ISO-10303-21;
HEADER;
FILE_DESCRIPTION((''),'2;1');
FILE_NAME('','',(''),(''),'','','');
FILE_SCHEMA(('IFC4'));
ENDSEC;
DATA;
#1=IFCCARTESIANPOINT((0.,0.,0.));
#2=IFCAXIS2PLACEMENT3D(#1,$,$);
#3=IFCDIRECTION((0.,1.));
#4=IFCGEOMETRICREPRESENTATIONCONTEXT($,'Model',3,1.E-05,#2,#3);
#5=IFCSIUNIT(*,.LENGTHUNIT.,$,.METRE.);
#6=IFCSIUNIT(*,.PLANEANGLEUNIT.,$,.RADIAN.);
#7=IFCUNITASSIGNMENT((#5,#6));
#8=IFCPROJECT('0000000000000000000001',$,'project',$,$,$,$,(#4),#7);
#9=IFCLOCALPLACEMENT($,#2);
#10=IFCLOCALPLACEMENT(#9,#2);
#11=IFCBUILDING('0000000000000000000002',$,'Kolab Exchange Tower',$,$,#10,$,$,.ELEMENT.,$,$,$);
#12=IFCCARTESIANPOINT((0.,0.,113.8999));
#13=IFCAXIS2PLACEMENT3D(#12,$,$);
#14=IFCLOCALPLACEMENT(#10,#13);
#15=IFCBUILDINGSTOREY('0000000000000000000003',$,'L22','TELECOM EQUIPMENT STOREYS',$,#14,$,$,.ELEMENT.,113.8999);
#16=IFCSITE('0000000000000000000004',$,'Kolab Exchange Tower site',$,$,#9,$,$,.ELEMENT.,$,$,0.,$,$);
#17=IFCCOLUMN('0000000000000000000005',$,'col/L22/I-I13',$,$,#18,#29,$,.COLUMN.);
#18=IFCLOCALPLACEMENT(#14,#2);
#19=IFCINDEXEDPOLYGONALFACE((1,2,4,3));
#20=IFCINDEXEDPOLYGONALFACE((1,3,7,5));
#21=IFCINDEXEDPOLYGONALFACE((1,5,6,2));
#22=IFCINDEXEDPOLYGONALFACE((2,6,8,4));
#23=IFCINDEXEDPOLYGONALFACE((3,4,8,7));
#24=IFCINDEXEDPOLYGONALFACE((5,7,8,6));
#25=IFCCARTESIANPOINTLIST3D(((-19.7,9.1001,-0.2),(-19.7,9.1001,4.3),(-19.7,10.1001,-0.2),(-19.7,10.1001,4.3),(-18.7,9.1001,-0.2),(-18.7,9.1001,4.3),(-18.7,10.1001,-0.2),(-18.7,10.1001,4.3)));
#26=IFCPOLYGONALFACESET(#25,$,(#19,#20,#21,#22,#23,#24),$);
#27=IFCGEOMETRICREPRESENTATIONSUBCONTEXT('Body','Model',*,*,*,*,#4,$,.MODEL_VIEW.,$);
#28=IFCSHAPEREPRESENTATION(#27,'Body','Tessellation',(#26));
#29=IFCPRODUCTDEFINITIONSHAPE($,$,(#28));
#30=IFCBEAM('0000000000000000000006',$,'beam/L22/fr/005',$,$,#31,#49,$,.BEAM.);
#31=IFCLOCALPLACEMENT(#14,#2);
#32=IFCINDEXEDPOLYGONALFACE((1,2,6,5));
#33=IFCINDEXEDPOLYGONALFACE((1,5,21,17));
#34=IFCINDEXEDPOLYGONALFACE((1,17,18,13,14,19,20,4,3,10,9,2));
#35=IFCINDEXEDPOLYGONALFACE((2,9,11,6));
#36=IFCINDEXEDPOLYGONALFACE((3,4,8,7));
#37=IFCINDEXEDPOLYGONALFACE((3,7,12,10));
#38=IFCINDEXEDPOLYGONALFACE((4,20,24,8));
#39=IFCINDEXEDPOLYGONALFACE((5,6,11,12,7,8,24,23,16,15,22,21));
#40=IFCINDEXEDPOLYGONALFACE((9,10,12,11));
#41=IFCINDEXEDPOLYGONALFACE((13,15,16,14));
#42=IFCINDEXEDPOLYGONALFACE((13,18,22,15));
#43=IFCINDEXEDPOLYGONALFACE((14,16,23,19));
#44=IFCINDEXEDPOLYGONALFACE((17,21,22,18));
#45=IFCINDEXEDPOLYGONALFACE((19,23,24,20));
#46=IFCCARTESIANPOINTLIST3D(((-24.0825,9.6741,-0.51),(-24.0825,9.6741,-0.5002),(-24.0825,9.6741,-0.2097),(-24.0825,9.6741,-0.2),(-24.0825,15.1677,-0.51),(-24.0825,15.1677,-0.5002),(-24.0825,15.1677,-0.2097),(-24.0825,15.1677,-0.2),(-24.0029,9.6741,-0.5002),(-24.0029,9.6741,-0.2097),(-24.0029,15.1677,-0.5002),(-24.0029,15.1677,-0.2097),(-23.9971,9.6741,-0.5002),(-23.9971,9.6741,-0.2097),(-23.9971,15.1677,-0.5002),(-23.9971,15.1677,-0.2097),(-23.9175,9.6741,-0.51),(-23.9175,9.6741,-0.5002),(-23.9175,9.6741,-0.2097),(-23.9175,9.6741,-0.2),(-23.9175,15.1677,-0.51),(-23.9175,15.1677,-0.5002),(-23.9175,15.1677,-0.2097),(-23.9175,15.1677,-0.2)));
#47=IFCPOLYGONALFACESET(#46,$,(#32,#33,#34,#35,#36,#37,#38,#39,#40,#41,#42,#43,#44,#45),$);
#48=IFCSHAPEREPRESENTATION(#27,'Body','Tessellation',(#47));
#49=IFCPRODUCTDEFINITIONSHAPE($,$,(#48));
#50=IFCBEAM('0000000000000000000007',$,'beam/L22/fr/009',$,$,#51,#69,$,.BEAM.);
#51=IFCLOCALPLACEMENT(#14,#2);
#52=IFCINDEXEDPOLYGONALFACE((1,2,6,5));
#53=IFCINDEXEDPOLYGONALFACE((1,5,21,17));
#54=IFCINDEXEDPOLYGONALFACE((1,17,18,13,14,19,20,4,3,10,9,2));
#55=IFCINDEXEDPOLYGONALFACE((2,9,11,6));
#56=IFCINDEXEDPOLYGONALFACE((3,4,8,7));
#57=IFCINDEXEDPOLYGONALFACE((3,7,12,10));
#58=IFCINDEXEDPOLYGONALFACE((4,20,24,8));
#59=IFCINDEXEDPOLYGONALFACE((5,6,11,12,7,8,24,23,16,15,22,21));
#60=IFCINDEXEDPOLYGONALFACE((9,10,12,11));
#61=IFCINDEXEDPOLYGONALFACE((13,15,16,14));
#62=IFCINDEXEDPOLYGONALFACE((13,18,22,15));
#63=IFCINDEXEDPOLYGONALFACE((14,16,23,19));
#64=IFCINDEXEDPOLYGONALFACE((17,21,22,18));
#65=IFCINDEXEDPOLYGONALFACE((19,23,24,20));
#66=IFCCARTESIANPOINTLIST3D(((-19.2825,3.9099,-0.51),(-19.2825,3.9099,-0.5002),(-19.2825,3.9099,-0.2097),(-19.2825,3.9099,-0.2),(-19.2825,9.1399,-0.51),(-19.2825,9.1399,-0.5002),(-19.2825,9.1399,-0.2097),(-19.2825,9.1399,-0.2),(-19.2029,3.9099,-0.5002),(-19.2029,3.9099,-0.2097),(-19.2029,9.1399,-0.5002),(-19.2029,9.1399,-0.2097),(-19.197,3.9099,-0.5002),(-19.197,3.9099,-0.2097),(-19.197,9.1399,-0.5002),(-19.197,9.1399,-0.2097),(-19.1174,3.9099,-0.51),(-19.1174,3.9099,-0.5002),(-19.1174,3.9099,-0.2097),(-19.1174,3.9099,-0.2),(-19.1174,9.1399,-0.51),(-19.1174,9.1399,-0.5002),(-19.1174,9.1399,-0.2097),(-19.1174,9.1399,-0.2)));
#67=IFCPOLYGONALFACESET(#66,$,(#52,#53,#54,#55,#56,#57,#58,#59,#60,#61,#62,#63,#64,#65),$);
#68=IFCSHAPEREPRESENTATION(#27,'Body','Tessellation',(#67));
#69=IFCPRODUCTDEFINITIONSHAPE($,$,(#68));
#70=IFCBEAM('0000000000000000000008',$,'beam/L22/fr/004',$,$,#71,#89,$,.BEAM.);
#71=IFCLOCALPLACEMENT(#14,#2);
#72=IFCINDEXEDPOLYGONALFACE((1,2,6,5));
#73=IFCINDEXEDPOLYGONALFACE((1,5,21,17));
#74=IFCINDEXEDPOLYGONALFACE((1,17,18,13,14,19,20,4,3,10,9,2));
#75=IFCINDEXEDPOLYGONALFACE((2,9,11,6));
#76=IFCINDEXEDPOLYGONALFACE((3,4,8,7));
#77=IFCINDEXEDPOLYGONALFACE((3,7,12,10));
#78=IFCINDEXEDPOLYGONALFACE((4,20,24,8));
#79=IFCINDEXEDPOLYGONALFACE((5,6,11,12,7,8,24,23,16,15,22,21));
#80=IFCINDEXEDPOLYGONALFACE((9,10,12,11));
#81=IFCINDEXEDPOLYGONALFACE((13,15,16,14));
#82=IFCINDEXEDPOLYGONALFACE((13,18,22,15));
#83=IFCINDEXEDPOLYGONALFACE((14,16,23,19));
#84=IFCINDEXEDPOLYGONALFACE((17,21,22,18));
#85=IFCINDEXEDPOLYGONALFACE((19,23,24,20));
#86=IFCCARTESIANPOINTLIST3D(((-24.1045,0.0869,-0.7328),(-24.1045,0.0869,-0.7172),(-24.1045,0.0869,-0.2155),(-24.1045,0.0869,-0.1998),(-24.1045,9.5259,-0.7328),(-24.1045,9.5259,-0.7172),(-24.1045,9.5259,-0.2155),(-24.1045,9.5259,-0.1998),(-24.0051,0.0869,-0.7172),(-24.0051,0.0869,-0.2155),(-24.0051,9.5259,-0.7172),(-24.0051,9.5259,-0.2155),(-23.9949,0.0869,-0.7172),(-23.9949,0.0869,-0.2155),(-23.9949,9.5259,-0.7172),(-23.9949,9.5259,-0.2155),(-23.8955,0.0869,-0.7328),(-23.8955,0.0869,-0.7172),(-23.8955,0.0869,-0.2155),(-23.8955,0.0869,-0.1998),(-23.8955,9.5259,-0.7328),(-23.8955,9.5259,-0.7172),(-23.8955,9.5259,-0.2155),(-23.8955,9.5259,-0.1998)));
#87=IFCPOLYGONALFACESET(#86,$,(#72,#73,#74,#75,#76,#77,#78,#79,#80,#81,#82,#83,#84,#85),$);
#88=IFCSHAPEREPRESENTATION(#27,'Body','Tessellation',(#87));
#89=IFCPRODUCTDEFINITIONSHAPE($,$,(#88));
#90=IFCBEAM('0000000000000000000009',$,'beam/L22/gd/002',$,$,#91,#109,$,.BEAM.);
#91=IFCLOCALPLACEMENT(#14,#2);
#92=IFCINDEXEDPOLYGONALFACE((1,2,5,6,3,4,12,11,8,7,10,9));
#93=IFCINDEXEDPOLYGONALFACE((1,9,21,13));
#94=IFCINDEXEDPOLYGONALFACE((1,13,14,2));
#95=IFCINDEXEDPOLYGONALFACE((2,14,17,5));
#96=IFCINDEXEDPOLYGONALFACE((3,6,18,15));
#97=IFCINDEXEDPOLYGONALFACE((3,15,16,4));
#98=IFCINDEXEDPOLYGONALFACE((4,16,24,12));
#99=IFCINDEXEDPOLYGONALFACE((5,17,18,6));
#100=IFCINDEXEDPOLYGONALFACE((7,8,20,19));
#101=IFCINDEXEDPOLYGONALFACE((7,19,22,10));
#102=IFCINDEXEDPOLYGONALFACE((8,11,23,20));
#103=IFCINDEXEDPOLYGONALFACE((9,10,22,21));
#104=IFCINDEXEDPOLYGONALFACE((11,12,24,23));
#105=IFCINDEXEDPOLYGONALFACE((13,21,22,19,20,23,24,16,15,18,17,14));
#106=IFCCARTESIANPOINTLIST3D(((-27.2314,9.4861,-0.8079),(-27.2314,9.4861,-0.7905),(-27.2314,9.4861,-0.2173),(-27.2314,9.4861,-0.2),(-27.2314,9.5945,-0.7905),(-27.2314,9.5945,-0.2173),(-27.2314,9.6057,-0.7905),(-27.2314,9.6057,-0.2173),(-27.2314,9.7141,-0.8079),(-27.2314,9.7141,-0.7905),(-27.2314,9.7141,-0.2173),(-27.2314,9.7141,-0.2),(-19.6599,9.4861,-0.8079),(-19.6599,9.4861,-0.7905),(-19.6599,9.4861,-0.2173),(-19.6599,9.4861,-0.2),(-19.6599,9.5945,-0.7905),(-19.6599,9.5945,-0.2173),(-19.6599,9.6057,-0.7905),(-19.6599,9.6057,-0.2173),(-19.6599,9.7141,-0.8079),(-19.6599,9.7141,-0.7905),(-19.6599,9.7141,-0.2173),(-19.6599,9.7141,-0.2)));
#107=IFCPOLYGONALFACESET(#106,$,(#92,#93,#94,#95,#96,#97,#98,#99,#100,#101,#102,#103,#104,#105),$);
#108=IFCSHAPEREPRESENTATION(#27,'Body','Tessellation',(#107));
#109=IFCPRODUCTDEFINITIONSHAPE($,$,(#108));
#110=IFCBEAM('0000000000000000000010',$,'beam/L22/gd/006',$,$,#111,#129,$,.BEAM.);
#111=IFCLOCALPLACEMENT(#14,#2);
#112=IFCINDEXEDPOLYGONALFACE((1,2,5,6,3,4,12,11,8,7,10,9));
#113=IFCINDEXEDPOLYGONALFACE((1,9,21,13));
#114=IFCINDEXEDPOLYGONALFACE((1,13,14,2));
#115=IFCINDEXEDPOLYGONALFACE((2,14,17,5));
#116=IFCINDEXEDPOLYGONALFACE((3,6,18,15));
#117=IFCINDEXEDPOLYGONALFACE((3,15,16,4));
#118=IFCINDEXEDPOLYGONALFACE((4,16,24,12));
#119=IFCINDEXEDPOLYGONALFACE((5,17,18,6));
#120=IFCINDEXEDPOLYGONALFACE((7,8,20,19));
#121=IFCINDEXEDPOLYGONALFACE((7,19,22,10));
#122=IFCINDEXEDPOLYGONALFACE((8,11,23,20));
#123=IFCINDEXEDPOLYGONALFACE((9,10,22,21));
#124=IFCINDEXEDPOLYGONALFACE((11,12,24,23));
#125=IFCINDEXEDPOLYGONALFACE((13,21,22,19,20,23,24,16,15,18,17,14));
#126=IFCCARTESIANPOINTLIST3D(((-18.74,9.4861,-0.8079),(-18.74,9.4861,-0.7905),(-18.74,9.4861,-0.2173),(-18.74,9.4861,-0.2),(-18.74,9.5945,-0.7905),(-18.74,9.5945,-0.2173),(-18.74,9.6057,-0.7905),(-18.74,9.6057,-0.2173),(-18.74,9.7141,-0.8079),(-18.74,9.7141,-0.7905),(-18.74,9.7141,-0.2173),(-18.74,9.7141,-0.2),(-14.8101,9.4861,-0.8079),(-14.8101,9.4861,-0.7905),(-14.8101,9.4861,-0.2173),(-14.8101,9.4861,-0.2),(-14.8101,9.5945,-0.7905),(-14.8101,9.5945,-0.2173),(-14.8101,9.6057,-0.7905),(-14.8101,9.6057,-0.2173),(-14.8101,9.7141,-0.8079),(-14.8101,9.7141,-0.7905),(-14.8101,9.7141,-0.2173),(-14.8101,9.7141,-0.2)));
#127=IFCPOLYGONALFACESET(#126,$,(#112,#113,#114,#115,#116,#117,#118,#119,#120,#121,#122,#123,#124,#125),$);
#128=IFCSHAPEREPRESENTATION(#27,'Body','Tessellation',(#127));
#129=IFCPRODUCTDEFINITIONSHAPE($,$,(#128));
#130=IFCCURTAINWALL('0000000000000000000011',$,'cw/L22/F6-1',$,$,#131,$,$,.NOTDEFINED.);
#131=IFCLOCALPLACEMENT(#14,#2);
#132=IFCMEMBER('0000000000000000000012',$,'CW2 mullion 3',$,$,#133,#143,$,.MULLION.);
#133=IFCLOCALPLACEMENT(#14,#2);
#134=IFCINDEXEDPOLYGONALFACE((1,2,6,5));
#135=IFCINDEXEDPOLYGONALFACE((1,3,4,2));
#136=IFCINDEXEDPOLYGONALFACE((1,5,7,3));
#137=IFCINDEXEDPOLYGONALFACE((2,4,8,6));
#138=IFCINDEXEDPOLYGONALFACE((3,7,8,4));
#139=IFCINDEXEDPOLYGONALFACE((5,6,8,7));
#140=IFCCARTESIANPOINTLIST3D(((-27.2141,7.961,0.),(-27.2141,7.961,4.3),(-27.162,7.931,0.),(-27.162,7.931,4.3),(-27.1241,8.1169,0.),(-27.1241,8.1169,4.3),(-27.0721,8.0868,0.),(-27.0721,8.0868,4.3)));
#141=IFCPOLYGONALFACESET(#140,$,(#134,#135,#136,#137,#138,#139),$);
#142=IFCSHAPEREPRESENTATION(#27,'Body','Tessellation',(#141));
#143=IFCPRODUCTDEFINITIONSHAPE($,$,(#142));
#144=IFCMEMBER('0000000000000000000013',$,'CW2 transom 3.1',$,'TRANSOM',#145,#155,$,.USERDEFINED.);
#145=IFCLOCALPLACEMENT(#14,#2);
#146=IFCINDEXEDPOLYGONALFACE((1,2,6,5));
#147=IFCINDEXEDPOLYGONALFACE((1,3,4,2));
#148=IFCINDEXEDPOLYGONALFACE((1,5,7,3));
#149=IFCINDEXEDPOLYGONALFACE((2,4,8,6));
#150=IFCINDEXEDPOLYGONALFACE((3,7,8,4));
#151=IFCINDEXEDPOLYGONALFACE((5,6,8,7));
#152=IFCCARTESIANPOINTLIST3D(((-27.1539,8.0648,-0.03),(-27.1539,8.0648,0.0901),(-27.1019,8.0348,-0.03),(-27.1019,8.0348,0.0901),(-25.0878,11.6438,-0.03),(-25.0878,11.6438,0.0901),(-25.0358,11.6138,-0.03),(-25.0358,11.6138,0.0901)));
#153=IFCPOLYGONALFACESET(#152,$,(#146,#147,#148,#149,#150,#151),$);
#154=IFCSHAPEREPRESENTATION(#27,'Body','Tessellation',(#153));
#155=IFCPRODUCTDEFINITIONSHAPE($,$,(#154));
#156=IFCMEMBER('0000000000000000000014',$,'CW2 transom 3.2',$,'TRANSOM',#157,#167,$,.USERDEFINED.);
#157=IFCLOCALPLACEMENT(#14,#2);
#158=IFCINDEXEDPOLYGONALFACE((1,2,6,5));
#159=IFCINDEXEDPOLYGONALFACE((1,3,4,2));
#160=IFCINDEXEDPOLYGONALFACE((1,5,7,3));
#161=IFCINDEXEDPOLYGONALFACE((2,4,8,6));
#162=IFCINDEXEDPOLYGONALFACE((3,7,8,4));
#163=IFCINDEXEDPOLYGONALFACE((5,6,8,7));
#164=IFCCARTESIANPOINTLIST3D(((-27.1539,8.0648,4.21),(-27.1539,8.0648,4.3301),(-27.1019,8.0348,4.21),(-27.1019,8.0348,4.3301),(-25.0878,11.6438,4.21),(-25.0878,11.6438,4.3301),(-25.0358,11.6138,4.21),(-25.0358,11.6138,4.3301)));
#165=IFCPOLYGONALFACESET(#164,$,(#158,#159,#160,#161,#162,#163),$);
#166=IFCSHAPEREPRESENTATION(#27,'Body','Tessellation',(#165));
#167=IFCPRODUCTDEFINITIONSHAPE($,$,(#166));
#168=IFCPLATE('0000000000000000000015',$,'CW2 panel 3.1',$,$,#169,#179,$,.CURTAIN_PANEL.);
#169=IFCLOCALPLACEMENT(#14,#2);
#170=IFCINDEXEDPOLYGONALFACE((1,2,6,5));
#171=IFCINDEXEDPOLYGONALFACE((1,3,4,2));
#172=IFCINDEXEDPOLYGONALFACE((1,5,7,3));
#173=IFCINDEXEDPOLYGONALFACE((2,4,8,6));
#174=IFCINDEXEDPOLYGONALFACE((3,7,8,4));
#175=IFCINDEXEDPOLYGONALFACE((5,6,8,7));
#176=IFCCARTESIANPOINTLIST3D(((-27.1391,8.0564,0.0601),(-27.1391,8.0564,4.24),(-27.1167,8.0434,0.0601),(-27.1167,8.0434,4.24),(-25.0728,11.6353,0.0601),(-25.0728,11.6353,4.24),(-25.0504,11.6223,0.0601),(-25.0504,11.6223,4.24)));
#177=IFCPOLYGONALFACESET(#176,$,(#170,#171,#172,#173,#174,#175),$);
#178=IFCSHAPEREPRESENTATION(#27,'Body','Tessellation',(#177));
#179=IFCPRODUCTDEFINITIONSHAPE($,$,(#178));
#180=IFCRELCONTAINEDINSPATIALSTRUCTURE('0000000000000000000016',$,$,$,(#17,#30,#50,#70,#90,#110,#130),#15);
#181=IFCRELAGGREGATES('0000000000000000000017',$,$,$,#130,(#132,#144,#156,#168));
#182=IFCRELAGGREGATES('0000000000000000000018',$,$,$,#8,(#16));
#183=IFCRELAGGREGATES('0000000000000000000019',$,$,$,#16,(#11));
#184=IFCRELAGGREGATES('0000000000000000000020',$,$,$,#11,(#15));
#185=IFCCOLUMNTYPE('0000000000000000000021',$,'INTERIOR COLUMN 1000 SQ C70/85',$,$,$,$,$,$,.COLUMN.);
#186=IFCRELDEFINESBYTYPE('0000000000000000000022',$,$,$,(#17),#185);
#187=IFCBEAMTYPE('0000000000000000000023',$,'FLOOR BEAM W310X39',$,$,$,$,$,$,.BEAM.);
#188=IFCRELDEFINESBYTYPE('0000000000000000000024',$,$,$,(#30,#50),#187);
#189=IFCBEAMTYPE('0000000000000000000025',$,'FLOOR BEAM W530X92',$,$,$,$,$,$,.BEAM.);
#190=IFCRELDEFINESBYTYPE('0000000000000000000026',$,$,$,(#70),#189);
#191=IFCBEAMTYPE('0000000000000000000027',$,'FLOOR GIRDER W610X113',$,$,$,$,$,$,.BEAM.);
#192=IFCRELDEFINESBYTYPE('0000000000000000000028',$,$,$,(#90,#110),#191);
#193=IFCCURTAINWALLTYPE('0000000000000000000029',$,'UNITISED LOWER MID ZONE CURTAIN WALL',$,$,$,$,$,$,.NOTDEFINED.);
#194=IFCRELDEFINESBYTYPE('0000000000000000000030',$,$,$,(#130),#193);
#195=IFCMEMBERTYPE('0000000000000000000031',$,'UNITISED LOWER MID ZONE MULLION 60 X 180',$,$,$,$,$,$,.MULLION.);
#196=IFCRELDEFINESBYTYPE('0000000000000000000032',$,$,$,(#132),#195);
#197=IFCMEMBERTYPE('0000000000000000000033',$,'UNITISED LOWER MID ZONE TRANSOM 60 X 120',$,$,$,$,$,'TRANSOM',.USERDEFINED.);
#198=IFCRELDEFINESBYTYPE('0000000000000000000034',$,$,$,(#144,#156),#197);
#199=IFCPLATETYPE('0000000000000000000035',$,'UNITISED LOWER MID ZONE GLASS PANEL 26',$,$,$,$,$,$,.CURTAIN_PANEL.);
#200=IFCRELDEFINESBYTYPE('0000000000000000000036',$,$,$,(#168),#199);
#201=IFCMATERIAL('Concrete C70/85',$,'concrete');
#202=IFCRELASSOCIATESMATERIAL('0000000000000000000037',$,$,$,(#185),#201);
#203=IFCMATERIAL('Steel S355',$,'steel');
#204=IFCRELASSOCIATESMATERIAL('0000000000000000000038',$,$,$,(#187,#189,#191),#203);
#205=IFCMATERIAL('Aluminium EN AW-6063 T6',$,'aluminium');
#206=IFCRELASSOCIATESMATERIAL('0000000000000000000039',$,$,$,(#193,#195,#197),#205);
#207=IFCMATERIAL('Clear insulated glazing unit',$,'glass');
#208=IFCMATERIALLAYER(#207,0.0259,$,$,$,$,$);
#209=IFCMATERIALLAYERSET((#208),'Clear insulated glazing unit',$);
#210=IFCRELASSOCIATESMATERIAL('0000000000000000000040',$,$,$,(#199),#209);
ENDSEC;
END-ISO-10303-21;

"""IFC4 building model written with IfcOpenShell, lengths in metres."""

from ifc_helpers import new_model, si_unit, direction, frame, origin, origin_2d, place, context, subcontext, project, spatial, rectangle, i_section, extrude, material, layer, layer_set, material_profile, profile_set, type_object, element, aggregate, save


model = new_model("IFC4")

# Units and contexts
model_context = context("Model", 3, precision=1e-05, world=origin(), true_north=direction((0.0, 1.0)))
body_context = subcontext(model_context, "Body", "Model", "MODEL_VIEW")
ifc_project = project(units=[si_unit("LENGTHUNIT", "METRE"), si_unit("PLANEANGLEUNIT", "RADIAN")], contexts=[model_context])

# Site, building, storey
site_placement = place(None, origin())
site = spatial("IfcSite", under=ifc_project, at=site_placement, Name="Kolab Exchange Tower site", CompositionType="ELEMENT", RefElevation=0.0)
building_placement = place(site_placement, origin())
building = spatial("IfcBuilding", under=site, at=building_placement, Name="Kolab Exchange Tower", CompositionType="ELEMENT")
storey_placement = place(building_placement, frame((0.0, 0.0, 113.8999)))
storey = spatial("IfcBuildingStorey", under=building, at=storey_placement, Name="L22", Description="TELECOM EQUIPMENT STOREYS", CompositionType="ELEMENT", Elevation=113.8999)

# Column
ifc_material_1 = material(Name="Concrete C70/85", Category="concrete")
ifc_material_profile_1 = material_profile(ifc_material_1, rectangle(XDim=1.0, YDim=1.0, at=origin_2d()), Name="RC1000")
ifc_profile_set_1 = profile_set([ifc_material_profile_1], Name="Concrete C70/85")
column_type = type_object("IfcColumnType", Name="INTERIOR COLUMN 1000 SQ C70/85", PredefinedType="COLUMN", material=ifc_profile_set_1)
column_placement = place(storey_placement, frame((-19.2, 9.6001, -0.2), z_axis=(0.0, 0.0, 1.0), x_axis=(1.0, 0.0, 0.0)))
element("IfcColumn", 1, at=column_placement, inside=storey, type_object=column_type, Name="col/L22/I-I13", PredefinedType="COLUMN", context=body_context, shape_type="SweptSolid", body=[
    extrude(rectangle(XDim=1.0, YDim=1.0, at=origin_2d()), origin(), (0.0, 0.0, 1.0), 4.5),
])

# Beams
ifc_material_2 = material(Name="Steel S355", Category="steel")
ifc_material_profile_2 = material_profile(ifc_material_2, i_section(OverallWidth=0.165, OverallDepth=0.3101, WebThickness=0.0059, FlangeThickness=0.0098, at=origin_2d()), Name="W310X39")
ifc_profile_set_2 = profile_set([ifc_material_profile_2], Name="Steel S355")
beam_type_1 = type_object("IfcBeamType", Name="FLOOR BEAM W310X39", PredefinedType="BEAM", material=ifc_profile_set_2)
beam_1_placement = place(storey_placement, frame((-24.0, 9.6741, -0.355), z_axis=(0.0, 1.0, 0.0), x_axis=(-1.0, 0.0, 0.0)))
element("IfcBeam", 2, at=beam_1_placement, inside=storey, type_object=beam_type_1, Name="beam/L22/fr/005", PredefinedType="BEAM", context=body_context, shape_type="SweptSolid", body=[
    extrude(i_section(OverallWidth=0.165, OverallDepth=0.3101, WebThickness=0.0059, FlangeThickness=0.0098, at=origin_2d()), origin(), (0.0, 0.0, 1.0), 5.4937),
])
beam_2_placement = place(storey_placement, frame((-19.2, 3.9099, -0.355), z_axis=(0.0, 1.0, 0.0), x_axis=(-1.0, 0.0, 0.0)))
element("IfcBeam", 3, at=beam_2_placement, inside=storey, type_object=beam_type_1, Name="beam/L22/fr/009", PredefinedType="BEAM", context=body_context, shape_type="SweptSolid", body=[
    extrude(i_section(OverallWidth=0.165, OverallDepth=0.3101, WebThickness=0.0059, FlangeThickness=0.0098, at=origin_2d()), origin(), (0.0, 0.0, 1.0), 5.23),
])
ifc_material_profile_3 = material_profile(ifc_material_2, i_section(OverallWidth=0.209, OverallDepth=0.533, WebThickness=0.0103, FlangeThickness=0.0156, at=origin_2d()), Name="W530X92")
ifc_profile_set_3 = profile_set([ifc_material_profile_3], Name="Steel S355")
beam_type_2 = type_object("IfcBeamType", Name="FLOOR BEAM W530X92", PredefinedType="BEAM", material=ifc_profile_set_3)
beam_3_placement = place(storey_placement, frame((-24.0, 0.0869, -0.4663), z_axis=(0.0, 1.0, 0.0), x_axis=(-1.0, 0.0, 0.0)))
element("IfcBeam", 4, at=beam_3_placement, inside=storey, type_object=beam_type_2, Name="beam/L22/fr/004", PredefinedType="BEAM", context=body_context, shape_type="SweptSolid", body=[
    extrude(i_section(OverallWidth=0.209, OverallDepth=0.533, WebThickness=0.0103, FlangeThickness=0.0156, at=origin_2d()), origin(), (0.0, 0.0, 1.0), 9.439),
])
ifc_material_profile_4 = material_profile(ifc_material_2, i_section(OverallWidth=0.228, OverallDepth=0.6079, WebThickness=0.0112, FlangeThickness=0.0173, at=origin_2d()), Name="W610X113")
ifc_profile_set_4 = profile_set([ifc_material_profile_4], Name="Steel S355")
beam_type_3 = type_object("IfcBeamType", Name="FLOOR GIRDER W610X113", PredefinedType="BEAM", material=ifc_profile_set_4)
beam_4_placement = place(storey_placement, frame((-27.2314, 9.6001, -0.5039), z_axis=(1.0, 0.0, 0.0), x_axis=(0.0, 1.0, 0.0)))
element("IfcBeam", 5, at=beam_4_placement, inside=storey, type_object=beam_type_3, Name="beam/L22/gd/002", PredefinedType="BEAM", context=body_context, shape_type="SweptSolid", body=[
    extrude(i_section(OverallWidth=0.228, OverallDepth=0.6079, WebThickness=0.0112, FlangeThickness=0.0173, at=origin_2d()), origin(), (0.0, 0.0, 1.0), 7.5715),
])
beam_5_placement = place(storey_placement, frame((-18.74, 9.6001, -0.5039), z_axis=(1.0, 0.0, 0.0), x_axis=(0.0, 1.0, 0.0)))
element("IfcBeam", 6, at=beam_5_placement, inside=storey, type_object=beam_type_3, Name="beam/L22/gd/006", PredefinedType="BEAM", context=body_context, shape_type="SweptSolid", body=[
    extrude(i_section(OverallWidth=0.228, OverallDepth=0.6079, WebThickness=0.0112, FlangeThickness=0.0173, at=origin_2d()), origin(), (0.0, 0.0, 1.0), 3.9299),
])

# Curtain wall, members, plate
ifc_material_3 = material(Name="Aluminium EN AW-6063 T6", Category="aluminium")
curtain_wall_type = type_object("IfcCurtainWallType", Name="UNITISED LOWER MID ZONE CURTAIN WALL", PredefinedType="NOTDEFINED", material=ifc_material_3)
curtain_wall_placement = place(storey_placement, origin())
curtain_wall = element("IfcCurtainWall", 7, at=curtain_wall_placement, inside=storey, type_object=curtain_wall_type, Name="cw/L22/F6-1", PredefinedType="NOTDEFINED")
ifc_material_profile_5 = material_profile(ifc_material_3, rectangle(XDim=0.0601, YDim=0.1799, at=origin_2d()), Name="RECT 60X180")
ifc_profile_set_5 = profile_set([ifc_material_profile_5], Name="Aluminium EN AW-6063 T6")
member_type_1 = type_object("IfcMemberType", Name="UNITISED LOWER MID ZONE MULLION 60 X 180", PredefinedType="MULLION", material=ifc_profile_set_5)
member_1_placement = place(storey_placement, frame((-27.1431, 8.0239, 0.0), z_axis=(0.0, 0.0, 1.0), x_axis=(-0.866025, 0.5, 0.0)))
member_1 = element("IfcMember", 8, at=member_1_placement, type_object=member_type_1, Name="CW2 mullion 3", PredefinedType="MULLION", context=body_context, shape_type="SweptSolid", body=[
    extrude(rectangle(XDim=0.0601, YDim=0.1799, at=origin_2d()), origin(), (0.0, 0.0, 1.0), 4.3),
])
ifc_material_profile_6 = material_profile(ifc_material_3, rectangle(XDim=0.0601, YDim=0.1201, at=origin_2d()), Name="RECT 60X120")
ifc_profile_set_6 = profile_set([ifc_material_profile_6], Name="Aluminium EN AW-6063 T6")
member_type_2 = type_object("IfcMemberType", Name="UNITISED LOWER MID ZONE TRANSOM 60 X 120", ElementType="TRANSOM", PredefinedType="USERDEFINED", material=ifc_profile_set_6)
member_2_placement = place(storey_placement, frame((-27.1279, 8.0498, 0.03), z_axis=(0.499958, 0.86605, 0.0), x_axis=(-0.86605, 0.499958, 0.0)))
member_2 = element("IfcMember", 9, at=member_2_placement, type_object=member_type_2, Name="CW2 transom 3.1", ObjectType="TRANSOM", PredefinedType="USERDEFINED", context=body_context, shape_type="SweptSolid", body=[
    extrude(rectangle(XDim=0.0601, YDim=0.1201, at=origin_2d()), origin(), (0.0, 0.0, 1.0), 4.1326),
])
member_3_placement = place(storey_placement, frame((-27.1279, 8.0498, 4.27), z_axis=(0.499958, 0.86605, 0.0), x_axis=(-0.86605, 0.499958, 0.0)))
member_3 = element("IfcMember", 10, at=member_3_placement, type_object=member_type_2, Name="CW2 transom 3.2", ObjectType="TRANSOM", PredefinedType="USERDEFINED", context=body_context, shape_type="SweptSolid", body=[
    extrude(rectangle(XDim=0.0601, YDim=0.1201, at=origin_2d()), origin(), (0.0, 0.0, 1.0), 4.1326),
])
ifc_material_4 = material(Name="Clear insulated glazing unit", Category="glass")
ifc_layer_1 = layer(ifc_material_4, 0.0259)
ifc_layer_set_1 = layer_set([ifc_layer_1], Name="Clear insulated glazing unit")
plate_type = type_object("IfcPlateType", Name="UNITISED LOWER MID ZONE GLASS PANEL 26", PredefinedType="CURTAIN_PANEL", material=ifc_layer_set_1)
plate_placement = place(storey_placement, frame((-26.0947, 9.8394, 0.0601), z_axis=(0.0, 0.0, 1.0), x_axis=(0.5, 0.866025, 0.0)))
plate = element("IfcPlate", 11, at=plate_placement, type_object=plate_type, Name="CW2 panel 3.1", PredefinedType="CURTAIN_PANEL", context=body_context, shape_type="SweptSolid", body=[
    extrude(rectangle(XDim=4.1326, YDim=0.0259, at=origin_2d()), origin(), (0.0, 0.0, 1.0), 4.1799),
])
aggregate(curtain_wall, [member_1, member_2, member_3, plate])

save(model, "model.ifc")
